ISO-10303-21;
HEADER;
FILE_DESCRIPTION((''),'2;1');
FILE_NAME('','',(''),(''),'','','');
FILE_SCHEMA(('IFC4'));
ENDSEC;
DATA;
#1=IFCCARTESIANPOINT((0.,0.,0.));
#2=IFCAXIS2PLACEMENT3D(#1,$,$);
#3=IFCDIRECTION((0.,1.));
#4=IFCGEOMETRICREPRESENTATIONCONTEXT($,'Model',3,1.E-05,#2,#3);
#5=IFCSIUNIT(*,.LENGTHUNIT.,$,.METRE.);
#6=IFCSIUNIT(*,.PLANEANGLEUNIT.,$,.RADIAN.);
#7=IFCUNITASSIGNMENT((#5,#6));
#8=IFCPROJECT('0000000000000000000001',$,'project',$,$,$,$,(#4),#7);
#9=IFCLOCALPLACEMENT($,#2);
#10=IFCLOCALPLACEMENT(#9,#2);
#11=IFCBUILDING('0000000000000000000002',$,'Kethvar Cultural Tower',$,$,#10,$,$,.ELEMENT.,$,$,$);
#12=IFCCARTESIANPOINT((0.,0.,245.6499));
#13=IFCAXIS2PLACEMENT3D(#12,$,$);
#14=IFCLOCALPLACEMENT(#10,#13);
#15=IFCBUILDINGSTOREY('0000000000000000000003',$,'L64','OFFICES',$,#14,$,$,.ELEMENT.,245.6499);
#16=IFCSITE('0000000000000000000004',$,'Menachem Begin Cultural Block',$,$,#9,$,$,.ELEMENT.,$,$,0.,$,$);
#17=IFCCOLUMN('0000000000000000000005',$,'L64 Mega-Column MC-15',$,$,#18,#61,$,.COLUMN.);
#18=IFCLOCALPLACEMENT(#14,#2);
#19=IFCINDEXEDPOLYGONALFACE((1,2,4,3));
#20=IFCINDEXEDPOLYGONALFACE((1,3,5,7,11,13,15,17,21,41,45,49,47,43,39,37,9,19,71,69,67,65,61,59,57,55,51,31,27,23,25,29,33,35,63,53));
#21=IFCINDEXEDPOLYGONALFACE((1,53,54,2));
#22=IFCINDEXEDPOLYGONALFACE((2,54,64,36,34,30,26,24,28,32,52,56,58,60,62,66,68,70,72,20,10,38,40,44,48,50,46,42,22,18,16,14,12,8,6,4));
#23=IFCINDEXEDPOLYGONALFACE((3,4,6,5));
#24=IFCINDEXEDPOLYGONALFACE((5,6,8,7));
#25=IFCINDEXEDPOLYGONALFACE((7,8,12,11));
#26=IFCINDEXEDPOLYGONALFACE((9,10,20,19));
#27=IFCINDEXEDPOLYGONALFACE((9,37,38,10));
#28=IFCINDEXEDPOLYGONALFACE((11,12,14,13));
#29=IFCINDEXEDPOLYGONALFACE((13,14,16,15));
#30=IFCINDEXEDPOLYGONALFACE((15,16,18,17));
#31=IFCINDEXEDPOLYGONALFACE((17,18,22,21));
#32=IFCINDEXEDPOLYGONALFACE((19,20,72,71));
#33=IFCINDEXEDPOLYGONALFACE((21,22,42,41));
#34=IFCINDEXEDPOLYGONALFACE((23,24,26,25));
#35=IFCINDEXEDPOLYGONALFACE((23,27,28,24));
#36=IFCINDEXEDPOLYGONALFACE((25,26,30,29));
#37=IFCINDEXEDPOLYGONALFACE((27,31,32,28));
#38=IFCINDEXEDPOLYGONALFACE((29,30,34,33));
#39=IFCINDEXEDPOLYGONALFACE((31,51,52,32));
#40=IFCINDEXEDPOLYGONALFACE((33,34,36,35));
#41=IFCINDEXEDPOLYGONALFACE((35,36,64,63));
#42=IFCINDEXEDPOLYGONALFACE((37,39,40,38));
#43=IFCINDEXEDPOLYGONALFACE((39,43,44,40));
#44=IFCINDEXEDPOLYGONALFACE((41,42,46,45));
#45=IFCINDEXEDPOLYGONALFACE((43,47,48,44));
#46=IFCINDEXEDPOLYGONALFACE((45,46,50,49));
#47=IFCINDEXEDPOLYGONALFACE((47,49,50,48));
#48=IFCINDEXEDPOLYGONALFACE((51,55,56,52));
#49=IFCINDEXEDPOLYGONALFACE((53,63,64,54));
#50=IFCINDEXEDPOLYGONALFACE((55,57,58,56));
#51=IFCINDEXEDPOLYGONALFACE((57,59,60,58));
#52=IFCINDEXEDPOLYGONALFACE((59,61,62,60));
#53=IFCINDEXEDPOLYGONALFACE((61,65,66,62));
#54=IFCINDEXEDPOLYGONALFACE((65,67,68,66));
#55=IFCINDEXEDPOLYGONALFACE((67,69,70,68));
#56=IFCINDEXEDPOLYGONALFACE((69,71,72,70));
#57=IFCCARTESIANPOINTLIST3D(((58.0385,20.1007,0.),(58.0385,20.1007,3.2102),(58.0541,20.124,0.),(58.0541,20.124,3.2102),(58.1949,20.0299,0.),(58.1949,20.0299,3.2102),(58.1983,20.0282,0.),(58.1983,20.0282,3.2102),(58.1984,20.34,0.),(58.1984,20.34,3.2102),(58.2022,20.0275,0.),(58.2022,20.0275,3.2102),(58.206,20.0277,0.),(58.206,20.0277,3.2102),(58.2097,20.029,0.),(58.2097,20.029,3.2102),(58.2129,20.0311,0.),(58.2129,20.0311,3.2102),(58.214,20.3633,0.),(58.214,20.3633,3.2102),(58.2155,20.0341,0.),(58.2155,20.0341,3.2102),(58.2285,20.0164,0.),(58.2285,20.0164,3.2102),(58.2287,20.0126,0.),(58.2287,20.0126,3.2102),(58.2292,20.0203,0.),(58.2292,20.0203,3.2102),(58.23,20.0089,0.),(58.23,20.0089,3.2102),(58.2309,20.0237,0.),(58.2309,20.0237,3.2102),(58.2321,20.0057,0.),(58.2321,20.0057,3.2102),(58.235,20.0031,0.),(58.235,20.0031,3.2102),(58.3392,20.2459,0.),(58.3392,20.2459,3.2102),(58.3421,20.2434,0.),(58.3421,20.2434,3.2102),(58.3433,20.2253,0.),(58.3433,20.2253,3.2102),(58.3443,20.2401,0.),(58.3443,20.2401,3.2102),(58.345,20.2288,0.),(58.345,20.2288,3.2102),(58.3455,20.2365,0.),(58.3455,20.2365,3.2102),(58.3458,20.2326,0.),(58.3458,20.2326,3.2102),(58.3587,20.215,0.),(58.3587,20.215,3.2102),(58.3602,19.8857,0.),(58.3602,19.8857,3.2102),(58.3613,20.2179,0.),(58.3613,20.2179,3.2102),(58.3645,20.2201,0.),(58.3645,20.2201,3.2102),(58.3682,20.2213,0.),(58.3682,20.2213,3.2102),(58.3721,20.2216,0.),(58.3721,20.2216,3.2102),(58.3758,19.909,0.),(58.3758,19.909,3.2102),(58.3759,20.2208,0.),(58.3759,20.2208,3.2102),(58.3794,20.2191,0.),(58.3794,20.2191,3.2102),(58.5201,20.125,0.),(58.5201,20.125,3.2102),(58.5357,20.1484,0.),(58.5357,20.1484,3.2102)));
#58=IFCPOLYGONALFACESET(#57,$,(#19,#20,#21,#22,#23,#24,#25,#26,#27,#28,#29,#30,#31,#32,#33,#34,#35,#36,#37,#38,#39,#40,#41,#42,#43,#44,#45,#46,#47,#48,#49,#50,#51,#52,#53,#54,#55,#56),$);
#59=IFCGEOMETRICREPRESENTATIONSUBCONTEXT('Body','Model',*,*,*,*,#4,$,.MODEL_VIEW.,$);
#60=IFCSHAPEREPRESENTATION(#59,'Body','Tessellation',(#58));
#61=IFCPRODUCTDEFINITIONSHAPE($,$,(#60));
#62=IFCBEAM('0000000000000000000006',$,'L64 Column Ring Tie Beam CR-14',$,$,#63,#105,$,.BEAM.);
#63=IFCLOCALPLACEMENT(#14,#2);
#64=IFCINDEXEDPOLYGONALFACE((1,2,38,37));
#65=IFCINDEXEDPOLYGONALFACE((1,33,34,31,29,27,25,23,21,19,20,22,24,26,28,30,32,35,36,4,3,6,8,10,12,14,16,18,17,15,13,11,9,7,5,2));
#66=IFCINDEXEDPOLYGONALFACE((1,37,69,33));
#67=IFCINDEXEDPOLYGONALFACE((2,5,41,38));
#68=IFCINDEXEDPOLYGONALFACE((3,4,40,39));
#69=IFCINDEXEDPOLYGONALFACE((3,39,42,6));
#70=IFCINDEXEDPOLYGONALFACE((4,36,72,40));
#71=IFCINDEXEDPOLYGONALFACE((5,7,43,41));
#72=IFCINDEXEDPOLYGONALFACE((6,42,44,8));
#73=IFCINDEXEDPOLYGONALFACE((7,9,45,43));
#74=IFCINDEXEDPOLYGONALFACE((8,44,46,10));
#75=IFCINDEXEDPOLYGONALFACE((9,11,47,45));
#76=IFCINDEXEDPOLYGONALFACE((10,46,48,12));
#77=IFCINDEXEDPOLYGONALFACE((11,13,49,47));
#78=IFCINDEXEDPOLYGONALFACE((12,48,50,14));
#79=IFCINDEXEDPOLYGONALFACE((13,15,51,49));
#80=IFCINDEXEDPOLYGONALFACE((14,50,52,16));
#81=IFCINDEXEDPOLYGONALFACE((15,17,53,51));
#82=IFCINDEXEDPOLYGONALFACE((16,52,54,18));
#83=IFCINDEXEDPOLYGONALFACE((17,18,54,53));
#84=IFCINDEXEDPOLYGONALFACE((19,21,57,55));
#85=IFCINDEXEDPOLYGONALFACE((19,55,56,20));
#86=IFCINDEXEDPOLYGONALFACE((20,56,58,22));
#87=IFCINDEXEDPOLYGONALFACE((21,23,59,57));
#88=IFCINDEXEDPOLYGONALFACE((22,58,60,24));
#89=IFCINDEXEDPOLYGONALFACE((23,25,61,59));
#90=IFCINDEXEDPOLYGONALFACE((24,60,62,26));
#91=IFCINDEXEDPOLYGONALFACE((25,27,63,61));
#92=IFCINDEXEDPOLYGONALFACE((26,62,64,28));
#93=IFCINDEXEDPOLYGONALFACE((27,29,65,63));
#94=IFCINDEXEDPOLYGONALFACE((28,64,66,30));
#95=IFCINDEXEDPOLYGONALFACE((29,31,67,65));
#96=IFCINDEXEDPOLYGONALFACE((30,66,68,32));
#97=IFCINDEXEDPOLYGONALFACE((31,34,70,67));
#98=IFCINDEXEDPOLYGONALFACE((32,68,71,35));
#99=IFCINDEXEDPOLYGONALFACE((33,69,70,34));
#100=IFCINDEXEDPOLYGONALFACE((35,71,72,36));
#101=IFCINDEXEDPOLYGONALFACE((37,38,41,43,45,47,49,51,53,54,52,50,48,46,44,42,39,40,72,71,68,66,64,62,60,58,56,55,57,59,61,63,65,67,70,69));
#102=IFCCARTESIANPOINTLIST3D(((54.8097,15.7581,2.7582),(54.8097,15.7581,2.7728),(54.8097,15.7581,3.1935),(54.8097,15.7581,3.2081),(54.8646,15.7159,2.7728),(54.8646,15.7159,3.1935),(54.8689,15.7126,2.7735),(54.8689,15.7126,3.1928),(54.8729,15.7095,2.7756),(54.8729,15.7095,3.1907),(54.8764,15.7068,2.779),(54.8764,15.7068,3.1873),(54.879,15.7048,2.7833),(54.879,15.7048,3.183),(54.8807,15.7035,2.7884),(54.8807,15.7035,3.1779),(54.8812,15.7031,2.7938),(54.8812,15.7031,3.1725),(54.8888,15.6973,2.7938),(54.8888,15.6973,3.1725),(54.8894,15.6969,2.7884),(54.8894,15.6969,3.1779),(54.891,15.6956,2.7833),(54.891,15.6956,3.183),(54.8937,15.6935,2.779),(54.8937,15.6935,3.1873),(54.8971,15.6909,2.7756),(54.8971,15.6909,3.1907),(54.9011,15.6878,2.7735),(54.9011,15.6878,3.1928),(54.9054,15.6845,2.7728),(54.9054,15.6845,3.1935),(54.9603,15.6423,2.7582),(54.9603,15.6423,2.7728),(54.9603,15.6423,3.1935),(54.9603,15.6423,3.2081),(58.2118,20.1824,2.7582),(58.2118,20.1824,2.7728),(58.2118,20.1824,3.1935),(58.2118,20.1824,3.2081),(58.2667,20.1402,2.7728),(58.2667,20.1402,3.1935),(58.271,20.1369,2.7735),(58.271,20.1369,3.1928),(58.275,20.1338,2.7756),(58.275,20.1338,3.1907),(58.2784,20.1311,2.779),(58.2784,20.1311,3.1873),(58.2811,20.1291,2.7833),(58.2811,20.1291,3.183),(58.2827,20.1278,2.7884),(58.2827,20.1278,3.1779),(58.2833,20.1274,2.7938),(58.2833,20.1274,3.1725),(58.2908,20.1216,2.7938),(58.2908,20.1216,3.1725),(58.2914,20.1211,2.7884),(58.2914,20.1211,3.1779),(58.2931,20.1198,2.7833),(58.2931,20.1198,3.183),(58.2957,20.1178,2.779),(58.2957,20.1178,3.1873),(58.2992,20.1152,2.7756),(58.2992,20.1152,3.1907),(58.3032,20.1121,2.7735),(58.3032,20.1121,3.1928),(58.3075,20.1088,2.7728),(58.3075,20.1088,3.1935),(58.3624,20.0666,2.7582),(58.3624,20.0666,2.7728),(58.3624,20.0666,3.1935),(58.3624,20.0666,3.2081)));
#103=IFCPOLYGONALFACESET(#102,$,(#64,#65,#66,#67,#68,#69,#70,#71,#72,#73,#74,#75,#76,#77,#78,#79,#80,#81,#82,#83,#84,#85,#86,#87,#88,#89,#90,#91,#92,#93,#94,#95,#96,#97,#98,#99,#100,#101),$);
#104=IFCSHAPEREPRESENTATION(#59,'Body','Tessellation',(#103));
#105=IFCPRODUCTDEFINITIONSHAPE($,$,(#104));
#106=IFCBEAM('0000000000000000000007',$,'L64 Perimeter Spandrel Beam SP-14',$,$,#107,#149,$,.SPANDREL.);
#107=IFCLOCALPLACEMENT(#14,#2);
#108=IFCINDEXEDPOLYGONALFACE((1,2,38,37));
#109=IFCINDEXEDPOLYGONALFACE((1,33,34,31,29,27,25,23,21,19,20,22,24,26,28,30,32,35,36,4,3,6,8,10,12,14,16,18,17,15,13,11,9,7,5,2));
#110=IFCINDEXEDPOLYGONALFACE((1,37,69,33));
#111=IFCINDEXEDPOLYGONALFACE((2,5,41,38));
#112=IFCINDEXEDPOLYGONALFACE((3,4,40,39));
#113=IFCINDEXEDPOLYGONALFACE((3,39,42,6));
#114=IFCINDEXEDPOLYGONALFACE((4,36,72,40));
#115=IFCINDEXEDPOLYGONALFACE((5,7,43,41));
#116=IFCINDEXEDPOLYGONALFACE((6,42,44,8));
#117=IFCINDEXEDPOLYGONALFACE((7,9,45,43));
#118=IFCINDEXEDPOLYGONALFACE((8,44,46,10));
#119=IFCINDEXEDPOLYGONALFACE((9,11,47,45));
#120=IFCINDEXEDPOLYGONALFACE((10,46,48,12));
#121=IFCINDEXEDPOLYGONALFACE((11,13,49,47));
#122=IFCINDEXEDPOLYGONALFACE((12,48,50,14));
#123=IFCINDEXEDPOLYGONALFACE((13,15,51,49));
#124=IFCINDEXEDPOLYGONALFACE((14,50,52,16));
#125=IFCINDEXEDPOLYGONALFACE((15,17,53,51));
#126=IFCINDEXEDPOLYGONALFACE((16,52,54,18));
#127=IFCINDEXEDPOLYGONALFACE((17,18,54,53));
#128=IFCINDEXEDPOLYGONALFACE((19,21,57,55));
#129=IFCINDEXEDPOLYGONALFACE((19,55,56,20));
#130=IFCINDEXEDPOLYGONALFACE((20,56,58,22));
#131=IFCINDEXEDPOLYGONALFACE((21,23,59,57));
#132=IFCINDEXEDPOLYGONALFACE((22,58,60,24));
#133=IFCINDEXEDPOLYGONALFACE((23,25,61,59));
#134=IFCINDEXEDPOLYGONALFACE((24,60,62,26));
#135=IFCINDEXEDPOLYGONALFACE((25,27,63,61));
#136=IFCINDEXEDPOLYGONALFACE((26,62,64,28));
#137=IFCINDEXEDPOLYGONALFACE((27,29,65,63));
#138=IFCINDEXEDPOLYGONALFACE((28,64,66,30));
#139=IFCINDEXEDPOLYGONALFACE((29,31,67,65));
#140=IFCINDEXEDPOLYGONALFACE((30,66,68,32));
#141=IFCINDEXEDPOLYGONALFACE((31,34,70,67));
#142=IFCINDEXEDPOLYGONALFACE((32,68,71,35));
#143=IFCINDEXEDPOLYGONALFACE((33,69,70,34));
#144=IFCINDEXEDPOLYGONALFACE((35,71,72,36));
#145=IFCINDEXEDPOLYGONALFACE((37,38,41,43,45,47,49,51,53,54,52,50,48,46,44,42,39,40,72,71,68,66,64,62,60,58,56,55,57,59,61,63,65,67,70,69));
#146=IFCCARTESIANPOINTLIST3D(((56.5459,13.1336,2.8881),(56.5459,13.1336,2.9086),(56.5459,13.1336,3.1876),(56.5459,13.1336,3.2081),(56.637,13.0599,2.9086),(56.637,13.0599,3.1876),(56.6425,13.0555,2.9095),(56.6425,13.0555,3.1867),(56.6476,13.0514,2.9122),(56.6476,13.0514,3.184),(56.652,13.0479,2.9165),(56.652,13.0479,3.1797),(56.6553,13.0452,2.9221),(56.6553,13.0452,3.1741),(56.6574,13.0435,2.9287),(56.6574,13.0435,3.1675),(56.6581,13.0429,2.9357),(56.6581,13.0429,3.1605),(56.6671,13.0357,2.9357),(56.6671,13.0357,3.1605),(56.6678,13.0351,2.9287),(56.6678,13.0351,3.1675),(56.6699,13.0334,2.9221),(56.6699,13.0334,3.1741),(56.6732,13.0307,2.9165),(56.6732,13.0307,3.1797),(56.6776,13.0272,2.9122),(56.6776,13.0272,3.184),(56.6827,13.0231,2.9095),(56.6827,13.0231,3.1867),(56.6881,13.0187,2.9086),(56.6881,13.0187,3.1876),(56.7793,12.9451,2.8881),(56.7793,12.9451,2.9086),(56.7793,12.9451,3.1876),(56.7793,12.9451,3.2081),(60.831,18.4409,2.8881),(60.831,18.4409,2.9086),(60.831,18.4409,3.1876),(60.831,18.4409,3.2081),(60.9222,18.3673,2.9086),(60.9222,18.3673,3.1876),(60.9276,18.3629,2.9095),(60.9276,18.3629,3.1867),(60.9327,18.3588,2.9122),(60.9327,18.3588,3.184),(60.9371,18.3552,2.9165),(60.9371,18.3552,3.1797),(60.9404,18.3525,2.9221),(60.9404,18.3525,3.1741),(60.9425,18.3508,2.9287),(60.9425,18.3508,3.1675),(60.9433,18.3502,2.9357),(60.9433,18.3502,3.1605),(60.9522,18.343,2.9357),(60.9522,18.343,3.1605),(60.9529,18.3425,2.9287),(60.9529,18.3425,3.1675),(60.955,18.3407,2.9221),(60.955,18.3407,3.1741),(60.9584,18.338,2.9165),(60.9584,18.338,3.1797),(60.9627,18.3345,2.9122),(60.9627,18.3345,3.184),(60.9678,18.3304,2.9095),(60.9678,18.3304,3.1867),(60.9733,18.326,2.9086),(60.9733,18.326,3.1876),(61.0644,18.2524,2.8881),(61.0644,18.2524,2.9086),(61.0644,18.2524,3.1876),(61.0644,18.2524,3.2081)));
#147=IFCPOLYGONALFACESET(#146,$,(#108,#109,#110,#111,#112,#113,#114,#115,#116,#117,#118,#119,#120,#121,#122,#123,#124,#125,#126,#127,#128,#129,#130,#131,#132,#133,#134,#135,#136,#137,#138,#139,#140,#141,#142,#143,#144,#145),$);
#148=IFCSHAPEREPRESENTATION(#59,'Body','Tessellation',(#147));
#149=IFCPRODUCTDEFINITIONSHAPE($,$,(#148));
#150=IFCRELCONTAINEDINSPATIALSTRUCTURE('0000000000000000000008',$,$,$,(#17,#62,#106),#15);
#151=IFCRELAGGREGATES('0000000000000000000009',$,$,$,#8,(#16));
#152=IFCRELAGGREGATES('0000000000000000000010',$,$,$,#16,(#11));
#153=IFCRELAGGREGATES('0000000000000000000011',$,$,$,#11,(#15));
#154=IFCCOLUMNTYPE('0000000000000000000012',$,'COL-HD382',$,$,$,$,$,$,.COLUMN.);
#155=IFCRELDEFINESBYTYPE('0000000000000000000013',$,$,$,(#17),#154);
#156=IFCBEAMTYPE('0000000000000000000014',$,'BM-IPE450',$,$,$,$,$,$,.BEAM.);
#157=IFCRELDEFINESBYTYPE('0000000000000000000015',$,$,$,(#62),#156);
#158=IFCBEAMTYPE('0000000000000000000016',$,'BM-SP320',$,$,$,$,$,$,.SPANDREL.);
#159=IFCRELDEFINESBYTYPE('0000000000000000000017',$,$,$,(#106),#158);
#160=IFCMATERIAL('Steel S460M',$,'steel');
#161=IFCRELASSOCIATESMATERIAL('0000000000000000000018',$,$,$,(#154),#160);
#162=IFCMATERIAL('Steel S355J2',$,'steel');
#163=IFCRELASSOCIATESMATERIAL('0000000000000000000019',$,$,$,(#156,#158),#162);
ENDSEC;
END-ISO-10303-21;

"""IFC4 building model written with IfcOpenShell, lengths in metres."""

from ifc_helpers import new_model, si_unit, direction, frame, origin, origin_2d, place, context, subcontext, project, spatial, i_section, extrude, source, transform, mapped, material, material_profile, profile_set, type_object, element, save


model = new_model("IFC4")

# Units and contexts
model_context = context("Model", 3, precision=1e-05, world=origin(), true_north=direction((0.0, 1.0)))
body_context = subcontext(model_context, "Body", "Model", "MODEL_VIEW")
ifc_project = project(units=[si_unit("LENGTHUNIT", "METRE"), si_unit("PLANEANGLEUNIT", "RADIAN")], contexts=[model_context])

# Site, building, storey
site_placement = place(None, origin())
site = spatial("IfcSite", under=ifc_project, at=site_placement, Name="Menachem Begin Cultural Block", CompositionType="ELEMENT", RefElevation=0.0)
building_placement = place(site_placement, origin())
building = spatial("IfcBuilding", under=site, at=building_placement, Name="Kethvar Cultural Tower", CompositionType="ELEMENT")
storey_placement = place(building_placement, frame((0.0, 0.0, 245.6499)))
storey = spatial("IfcBuildingStorey", under=building, at=storey_placement, Name="L64", Description="OFFICES", CompositionType="ELEMENT", Elevation=245.6499)

# Column
ifc_material_1 = material(Name="Steel S460M", Category="steel")
ifc_material_profile_1 = material_profile(ifc_material_1, i_section(OverallWidth=0.387, OverallDepth=0.3159, WebThickness=0.0186, FlangeThickness=0.0281, FilletRadius=0.0149, at=origin_2d()), Name="Steel S460M — HD400x382")
ifc_profile_set_1 = profile_set([ifc_material_profile_1], Name="Steel S460M — HD400x382")
column_type = type_object("IfcColumnType", Name="COL-HD382", PredefinedType="COLUMN", material=ifc_profile_set_1)
shared_shape_1 = source(origin(), body_context, "Body", "SweptSolid", [
    extrude(i_section(OverallWidth=0.387, OverallDepth=0.3159, WebThickness=0.0186, FlangeThickness=0.0281, FilletRadius=0.0149, at=origin_2d()), origin(), (0.0, 0.0, 1.0), 3.2102),
])
column_placement = place(storey_placement, frame((58.2871, 20.1245, 0.0), z_axis=(0.0, 0.0, 1.0), x_axis=(0.83147, -0.55557, 0.0)))
element("IfcColumn", 1, at=column_placement, inside=storey, type_object=column_type, Name="L64 Mega-Column MC-15", PredefinedType="COLUMN", context=body_context, shape_type="MappedRepresentation", body=[
    mapped(shared_shape_1, transform((0.0, 0.0, 0.0), scale=1.0)),
])

# Beams
ifc_material_2 = material(Name="Steel S355J2", Category="steel")
ifc_material_profile_2 = material_profile(ifc_material_2, i_section(OverallWidth=0.1899, OverallDepth=0.45, WebThickness=0.0095, FlangeThickness=0.0146, FilletRadius=0.021, at=origin_2d()), Name="Steel S355J2 — IPE450")
ifc_profile_set_2 = profile_set([ifc_material_profile_2], Name="Steel S355J2 — IPE450")
beam_type_1 = type_object("IfcBeamType", Name="BM-IPE450", PredefinedType="BEAM", material=ifc_profile_set_2)
shared_shape_2 = source(origin(), body_context, "Body", "SweptSolid", [
    extrude(i_section(OverallWidth=0.1899, OverallDepth=0.45, WebThickness=0.0095, FlangeThickness=0.0146, FilletRadius=0.021, at=origin_2d()), origin(), (0.0, 0.0, 1.0), 5.5811),
])
beam_1_placement = place(storey_placement, frame((54.885, 15.7002, 2.9832), z_axis=(0.609573, 0.79273, 0.0), x_axis=(-0.79273, 0.609573, 0.0)))
element("IfcBeam", 2, at=beam_1_placement, inside=storey, type_object=beam_type_1, Name="L64 Column Ring Tie Beam CR-14", PredefinedType="BEAM", context=body_context, shape_type="MappedRepresentation", body=[
    mapped(shared_shape_2, transform((0.0, 0.0, 0.0), scale=1.0)),
])
ifc_material_profile_3 = material_profile(ifc_material_2, i_section(OverallWidth=0.3, OverallDepth=0.3201, WebThickness=0.0115, FlangeThickness=0.0205, FilletRadius=0.0271, at=origin_2d()), Name="Steel S355J2 — HEB320")
ifc_profile_set_3 = profile_set([ifc_material_profile_3], Name="Steel S355J2 — HEB320")
beam_type_2 = type_object("IfcBeamType", Name="BM-SP320", PredefinedType="SPANDREL", material=ifc_profile_set_3)
shared_shape_3 = source(origin(), body_context, "Body", "SweptSolid", [
    extrude(i_section(OverallWidth=0.3, OverallDepth=0.3201, WebThickness=0.0115, FlangeThickness=0.0205, FilletRadius=0.0271, at=origin_2d()), origin(), (0.0, 0.0, 1.0), 6.8213),
])
beam_2_placement = place(storey_placement, frame((56.6626, 13.0393, 3.0481), z_axis=(0.628198, 0.778054, 0.0), x_axis=(-0.778054, 0.628198, 0.0)))
element("IfcBeam", 3, at=beam_2_placement, inside=storey, type_object=beam_type_2, Name="L64 Perimeter Spandrel Beam SP-14", PredefinedType="SPANDREL", context=body_context, shape_type="MappedRepresentation", body=[
    mapped(shared_shape_3, transform((0.0, 0.0, 0.0), scale=1.0)),
])

save(model, "model.ifc")
